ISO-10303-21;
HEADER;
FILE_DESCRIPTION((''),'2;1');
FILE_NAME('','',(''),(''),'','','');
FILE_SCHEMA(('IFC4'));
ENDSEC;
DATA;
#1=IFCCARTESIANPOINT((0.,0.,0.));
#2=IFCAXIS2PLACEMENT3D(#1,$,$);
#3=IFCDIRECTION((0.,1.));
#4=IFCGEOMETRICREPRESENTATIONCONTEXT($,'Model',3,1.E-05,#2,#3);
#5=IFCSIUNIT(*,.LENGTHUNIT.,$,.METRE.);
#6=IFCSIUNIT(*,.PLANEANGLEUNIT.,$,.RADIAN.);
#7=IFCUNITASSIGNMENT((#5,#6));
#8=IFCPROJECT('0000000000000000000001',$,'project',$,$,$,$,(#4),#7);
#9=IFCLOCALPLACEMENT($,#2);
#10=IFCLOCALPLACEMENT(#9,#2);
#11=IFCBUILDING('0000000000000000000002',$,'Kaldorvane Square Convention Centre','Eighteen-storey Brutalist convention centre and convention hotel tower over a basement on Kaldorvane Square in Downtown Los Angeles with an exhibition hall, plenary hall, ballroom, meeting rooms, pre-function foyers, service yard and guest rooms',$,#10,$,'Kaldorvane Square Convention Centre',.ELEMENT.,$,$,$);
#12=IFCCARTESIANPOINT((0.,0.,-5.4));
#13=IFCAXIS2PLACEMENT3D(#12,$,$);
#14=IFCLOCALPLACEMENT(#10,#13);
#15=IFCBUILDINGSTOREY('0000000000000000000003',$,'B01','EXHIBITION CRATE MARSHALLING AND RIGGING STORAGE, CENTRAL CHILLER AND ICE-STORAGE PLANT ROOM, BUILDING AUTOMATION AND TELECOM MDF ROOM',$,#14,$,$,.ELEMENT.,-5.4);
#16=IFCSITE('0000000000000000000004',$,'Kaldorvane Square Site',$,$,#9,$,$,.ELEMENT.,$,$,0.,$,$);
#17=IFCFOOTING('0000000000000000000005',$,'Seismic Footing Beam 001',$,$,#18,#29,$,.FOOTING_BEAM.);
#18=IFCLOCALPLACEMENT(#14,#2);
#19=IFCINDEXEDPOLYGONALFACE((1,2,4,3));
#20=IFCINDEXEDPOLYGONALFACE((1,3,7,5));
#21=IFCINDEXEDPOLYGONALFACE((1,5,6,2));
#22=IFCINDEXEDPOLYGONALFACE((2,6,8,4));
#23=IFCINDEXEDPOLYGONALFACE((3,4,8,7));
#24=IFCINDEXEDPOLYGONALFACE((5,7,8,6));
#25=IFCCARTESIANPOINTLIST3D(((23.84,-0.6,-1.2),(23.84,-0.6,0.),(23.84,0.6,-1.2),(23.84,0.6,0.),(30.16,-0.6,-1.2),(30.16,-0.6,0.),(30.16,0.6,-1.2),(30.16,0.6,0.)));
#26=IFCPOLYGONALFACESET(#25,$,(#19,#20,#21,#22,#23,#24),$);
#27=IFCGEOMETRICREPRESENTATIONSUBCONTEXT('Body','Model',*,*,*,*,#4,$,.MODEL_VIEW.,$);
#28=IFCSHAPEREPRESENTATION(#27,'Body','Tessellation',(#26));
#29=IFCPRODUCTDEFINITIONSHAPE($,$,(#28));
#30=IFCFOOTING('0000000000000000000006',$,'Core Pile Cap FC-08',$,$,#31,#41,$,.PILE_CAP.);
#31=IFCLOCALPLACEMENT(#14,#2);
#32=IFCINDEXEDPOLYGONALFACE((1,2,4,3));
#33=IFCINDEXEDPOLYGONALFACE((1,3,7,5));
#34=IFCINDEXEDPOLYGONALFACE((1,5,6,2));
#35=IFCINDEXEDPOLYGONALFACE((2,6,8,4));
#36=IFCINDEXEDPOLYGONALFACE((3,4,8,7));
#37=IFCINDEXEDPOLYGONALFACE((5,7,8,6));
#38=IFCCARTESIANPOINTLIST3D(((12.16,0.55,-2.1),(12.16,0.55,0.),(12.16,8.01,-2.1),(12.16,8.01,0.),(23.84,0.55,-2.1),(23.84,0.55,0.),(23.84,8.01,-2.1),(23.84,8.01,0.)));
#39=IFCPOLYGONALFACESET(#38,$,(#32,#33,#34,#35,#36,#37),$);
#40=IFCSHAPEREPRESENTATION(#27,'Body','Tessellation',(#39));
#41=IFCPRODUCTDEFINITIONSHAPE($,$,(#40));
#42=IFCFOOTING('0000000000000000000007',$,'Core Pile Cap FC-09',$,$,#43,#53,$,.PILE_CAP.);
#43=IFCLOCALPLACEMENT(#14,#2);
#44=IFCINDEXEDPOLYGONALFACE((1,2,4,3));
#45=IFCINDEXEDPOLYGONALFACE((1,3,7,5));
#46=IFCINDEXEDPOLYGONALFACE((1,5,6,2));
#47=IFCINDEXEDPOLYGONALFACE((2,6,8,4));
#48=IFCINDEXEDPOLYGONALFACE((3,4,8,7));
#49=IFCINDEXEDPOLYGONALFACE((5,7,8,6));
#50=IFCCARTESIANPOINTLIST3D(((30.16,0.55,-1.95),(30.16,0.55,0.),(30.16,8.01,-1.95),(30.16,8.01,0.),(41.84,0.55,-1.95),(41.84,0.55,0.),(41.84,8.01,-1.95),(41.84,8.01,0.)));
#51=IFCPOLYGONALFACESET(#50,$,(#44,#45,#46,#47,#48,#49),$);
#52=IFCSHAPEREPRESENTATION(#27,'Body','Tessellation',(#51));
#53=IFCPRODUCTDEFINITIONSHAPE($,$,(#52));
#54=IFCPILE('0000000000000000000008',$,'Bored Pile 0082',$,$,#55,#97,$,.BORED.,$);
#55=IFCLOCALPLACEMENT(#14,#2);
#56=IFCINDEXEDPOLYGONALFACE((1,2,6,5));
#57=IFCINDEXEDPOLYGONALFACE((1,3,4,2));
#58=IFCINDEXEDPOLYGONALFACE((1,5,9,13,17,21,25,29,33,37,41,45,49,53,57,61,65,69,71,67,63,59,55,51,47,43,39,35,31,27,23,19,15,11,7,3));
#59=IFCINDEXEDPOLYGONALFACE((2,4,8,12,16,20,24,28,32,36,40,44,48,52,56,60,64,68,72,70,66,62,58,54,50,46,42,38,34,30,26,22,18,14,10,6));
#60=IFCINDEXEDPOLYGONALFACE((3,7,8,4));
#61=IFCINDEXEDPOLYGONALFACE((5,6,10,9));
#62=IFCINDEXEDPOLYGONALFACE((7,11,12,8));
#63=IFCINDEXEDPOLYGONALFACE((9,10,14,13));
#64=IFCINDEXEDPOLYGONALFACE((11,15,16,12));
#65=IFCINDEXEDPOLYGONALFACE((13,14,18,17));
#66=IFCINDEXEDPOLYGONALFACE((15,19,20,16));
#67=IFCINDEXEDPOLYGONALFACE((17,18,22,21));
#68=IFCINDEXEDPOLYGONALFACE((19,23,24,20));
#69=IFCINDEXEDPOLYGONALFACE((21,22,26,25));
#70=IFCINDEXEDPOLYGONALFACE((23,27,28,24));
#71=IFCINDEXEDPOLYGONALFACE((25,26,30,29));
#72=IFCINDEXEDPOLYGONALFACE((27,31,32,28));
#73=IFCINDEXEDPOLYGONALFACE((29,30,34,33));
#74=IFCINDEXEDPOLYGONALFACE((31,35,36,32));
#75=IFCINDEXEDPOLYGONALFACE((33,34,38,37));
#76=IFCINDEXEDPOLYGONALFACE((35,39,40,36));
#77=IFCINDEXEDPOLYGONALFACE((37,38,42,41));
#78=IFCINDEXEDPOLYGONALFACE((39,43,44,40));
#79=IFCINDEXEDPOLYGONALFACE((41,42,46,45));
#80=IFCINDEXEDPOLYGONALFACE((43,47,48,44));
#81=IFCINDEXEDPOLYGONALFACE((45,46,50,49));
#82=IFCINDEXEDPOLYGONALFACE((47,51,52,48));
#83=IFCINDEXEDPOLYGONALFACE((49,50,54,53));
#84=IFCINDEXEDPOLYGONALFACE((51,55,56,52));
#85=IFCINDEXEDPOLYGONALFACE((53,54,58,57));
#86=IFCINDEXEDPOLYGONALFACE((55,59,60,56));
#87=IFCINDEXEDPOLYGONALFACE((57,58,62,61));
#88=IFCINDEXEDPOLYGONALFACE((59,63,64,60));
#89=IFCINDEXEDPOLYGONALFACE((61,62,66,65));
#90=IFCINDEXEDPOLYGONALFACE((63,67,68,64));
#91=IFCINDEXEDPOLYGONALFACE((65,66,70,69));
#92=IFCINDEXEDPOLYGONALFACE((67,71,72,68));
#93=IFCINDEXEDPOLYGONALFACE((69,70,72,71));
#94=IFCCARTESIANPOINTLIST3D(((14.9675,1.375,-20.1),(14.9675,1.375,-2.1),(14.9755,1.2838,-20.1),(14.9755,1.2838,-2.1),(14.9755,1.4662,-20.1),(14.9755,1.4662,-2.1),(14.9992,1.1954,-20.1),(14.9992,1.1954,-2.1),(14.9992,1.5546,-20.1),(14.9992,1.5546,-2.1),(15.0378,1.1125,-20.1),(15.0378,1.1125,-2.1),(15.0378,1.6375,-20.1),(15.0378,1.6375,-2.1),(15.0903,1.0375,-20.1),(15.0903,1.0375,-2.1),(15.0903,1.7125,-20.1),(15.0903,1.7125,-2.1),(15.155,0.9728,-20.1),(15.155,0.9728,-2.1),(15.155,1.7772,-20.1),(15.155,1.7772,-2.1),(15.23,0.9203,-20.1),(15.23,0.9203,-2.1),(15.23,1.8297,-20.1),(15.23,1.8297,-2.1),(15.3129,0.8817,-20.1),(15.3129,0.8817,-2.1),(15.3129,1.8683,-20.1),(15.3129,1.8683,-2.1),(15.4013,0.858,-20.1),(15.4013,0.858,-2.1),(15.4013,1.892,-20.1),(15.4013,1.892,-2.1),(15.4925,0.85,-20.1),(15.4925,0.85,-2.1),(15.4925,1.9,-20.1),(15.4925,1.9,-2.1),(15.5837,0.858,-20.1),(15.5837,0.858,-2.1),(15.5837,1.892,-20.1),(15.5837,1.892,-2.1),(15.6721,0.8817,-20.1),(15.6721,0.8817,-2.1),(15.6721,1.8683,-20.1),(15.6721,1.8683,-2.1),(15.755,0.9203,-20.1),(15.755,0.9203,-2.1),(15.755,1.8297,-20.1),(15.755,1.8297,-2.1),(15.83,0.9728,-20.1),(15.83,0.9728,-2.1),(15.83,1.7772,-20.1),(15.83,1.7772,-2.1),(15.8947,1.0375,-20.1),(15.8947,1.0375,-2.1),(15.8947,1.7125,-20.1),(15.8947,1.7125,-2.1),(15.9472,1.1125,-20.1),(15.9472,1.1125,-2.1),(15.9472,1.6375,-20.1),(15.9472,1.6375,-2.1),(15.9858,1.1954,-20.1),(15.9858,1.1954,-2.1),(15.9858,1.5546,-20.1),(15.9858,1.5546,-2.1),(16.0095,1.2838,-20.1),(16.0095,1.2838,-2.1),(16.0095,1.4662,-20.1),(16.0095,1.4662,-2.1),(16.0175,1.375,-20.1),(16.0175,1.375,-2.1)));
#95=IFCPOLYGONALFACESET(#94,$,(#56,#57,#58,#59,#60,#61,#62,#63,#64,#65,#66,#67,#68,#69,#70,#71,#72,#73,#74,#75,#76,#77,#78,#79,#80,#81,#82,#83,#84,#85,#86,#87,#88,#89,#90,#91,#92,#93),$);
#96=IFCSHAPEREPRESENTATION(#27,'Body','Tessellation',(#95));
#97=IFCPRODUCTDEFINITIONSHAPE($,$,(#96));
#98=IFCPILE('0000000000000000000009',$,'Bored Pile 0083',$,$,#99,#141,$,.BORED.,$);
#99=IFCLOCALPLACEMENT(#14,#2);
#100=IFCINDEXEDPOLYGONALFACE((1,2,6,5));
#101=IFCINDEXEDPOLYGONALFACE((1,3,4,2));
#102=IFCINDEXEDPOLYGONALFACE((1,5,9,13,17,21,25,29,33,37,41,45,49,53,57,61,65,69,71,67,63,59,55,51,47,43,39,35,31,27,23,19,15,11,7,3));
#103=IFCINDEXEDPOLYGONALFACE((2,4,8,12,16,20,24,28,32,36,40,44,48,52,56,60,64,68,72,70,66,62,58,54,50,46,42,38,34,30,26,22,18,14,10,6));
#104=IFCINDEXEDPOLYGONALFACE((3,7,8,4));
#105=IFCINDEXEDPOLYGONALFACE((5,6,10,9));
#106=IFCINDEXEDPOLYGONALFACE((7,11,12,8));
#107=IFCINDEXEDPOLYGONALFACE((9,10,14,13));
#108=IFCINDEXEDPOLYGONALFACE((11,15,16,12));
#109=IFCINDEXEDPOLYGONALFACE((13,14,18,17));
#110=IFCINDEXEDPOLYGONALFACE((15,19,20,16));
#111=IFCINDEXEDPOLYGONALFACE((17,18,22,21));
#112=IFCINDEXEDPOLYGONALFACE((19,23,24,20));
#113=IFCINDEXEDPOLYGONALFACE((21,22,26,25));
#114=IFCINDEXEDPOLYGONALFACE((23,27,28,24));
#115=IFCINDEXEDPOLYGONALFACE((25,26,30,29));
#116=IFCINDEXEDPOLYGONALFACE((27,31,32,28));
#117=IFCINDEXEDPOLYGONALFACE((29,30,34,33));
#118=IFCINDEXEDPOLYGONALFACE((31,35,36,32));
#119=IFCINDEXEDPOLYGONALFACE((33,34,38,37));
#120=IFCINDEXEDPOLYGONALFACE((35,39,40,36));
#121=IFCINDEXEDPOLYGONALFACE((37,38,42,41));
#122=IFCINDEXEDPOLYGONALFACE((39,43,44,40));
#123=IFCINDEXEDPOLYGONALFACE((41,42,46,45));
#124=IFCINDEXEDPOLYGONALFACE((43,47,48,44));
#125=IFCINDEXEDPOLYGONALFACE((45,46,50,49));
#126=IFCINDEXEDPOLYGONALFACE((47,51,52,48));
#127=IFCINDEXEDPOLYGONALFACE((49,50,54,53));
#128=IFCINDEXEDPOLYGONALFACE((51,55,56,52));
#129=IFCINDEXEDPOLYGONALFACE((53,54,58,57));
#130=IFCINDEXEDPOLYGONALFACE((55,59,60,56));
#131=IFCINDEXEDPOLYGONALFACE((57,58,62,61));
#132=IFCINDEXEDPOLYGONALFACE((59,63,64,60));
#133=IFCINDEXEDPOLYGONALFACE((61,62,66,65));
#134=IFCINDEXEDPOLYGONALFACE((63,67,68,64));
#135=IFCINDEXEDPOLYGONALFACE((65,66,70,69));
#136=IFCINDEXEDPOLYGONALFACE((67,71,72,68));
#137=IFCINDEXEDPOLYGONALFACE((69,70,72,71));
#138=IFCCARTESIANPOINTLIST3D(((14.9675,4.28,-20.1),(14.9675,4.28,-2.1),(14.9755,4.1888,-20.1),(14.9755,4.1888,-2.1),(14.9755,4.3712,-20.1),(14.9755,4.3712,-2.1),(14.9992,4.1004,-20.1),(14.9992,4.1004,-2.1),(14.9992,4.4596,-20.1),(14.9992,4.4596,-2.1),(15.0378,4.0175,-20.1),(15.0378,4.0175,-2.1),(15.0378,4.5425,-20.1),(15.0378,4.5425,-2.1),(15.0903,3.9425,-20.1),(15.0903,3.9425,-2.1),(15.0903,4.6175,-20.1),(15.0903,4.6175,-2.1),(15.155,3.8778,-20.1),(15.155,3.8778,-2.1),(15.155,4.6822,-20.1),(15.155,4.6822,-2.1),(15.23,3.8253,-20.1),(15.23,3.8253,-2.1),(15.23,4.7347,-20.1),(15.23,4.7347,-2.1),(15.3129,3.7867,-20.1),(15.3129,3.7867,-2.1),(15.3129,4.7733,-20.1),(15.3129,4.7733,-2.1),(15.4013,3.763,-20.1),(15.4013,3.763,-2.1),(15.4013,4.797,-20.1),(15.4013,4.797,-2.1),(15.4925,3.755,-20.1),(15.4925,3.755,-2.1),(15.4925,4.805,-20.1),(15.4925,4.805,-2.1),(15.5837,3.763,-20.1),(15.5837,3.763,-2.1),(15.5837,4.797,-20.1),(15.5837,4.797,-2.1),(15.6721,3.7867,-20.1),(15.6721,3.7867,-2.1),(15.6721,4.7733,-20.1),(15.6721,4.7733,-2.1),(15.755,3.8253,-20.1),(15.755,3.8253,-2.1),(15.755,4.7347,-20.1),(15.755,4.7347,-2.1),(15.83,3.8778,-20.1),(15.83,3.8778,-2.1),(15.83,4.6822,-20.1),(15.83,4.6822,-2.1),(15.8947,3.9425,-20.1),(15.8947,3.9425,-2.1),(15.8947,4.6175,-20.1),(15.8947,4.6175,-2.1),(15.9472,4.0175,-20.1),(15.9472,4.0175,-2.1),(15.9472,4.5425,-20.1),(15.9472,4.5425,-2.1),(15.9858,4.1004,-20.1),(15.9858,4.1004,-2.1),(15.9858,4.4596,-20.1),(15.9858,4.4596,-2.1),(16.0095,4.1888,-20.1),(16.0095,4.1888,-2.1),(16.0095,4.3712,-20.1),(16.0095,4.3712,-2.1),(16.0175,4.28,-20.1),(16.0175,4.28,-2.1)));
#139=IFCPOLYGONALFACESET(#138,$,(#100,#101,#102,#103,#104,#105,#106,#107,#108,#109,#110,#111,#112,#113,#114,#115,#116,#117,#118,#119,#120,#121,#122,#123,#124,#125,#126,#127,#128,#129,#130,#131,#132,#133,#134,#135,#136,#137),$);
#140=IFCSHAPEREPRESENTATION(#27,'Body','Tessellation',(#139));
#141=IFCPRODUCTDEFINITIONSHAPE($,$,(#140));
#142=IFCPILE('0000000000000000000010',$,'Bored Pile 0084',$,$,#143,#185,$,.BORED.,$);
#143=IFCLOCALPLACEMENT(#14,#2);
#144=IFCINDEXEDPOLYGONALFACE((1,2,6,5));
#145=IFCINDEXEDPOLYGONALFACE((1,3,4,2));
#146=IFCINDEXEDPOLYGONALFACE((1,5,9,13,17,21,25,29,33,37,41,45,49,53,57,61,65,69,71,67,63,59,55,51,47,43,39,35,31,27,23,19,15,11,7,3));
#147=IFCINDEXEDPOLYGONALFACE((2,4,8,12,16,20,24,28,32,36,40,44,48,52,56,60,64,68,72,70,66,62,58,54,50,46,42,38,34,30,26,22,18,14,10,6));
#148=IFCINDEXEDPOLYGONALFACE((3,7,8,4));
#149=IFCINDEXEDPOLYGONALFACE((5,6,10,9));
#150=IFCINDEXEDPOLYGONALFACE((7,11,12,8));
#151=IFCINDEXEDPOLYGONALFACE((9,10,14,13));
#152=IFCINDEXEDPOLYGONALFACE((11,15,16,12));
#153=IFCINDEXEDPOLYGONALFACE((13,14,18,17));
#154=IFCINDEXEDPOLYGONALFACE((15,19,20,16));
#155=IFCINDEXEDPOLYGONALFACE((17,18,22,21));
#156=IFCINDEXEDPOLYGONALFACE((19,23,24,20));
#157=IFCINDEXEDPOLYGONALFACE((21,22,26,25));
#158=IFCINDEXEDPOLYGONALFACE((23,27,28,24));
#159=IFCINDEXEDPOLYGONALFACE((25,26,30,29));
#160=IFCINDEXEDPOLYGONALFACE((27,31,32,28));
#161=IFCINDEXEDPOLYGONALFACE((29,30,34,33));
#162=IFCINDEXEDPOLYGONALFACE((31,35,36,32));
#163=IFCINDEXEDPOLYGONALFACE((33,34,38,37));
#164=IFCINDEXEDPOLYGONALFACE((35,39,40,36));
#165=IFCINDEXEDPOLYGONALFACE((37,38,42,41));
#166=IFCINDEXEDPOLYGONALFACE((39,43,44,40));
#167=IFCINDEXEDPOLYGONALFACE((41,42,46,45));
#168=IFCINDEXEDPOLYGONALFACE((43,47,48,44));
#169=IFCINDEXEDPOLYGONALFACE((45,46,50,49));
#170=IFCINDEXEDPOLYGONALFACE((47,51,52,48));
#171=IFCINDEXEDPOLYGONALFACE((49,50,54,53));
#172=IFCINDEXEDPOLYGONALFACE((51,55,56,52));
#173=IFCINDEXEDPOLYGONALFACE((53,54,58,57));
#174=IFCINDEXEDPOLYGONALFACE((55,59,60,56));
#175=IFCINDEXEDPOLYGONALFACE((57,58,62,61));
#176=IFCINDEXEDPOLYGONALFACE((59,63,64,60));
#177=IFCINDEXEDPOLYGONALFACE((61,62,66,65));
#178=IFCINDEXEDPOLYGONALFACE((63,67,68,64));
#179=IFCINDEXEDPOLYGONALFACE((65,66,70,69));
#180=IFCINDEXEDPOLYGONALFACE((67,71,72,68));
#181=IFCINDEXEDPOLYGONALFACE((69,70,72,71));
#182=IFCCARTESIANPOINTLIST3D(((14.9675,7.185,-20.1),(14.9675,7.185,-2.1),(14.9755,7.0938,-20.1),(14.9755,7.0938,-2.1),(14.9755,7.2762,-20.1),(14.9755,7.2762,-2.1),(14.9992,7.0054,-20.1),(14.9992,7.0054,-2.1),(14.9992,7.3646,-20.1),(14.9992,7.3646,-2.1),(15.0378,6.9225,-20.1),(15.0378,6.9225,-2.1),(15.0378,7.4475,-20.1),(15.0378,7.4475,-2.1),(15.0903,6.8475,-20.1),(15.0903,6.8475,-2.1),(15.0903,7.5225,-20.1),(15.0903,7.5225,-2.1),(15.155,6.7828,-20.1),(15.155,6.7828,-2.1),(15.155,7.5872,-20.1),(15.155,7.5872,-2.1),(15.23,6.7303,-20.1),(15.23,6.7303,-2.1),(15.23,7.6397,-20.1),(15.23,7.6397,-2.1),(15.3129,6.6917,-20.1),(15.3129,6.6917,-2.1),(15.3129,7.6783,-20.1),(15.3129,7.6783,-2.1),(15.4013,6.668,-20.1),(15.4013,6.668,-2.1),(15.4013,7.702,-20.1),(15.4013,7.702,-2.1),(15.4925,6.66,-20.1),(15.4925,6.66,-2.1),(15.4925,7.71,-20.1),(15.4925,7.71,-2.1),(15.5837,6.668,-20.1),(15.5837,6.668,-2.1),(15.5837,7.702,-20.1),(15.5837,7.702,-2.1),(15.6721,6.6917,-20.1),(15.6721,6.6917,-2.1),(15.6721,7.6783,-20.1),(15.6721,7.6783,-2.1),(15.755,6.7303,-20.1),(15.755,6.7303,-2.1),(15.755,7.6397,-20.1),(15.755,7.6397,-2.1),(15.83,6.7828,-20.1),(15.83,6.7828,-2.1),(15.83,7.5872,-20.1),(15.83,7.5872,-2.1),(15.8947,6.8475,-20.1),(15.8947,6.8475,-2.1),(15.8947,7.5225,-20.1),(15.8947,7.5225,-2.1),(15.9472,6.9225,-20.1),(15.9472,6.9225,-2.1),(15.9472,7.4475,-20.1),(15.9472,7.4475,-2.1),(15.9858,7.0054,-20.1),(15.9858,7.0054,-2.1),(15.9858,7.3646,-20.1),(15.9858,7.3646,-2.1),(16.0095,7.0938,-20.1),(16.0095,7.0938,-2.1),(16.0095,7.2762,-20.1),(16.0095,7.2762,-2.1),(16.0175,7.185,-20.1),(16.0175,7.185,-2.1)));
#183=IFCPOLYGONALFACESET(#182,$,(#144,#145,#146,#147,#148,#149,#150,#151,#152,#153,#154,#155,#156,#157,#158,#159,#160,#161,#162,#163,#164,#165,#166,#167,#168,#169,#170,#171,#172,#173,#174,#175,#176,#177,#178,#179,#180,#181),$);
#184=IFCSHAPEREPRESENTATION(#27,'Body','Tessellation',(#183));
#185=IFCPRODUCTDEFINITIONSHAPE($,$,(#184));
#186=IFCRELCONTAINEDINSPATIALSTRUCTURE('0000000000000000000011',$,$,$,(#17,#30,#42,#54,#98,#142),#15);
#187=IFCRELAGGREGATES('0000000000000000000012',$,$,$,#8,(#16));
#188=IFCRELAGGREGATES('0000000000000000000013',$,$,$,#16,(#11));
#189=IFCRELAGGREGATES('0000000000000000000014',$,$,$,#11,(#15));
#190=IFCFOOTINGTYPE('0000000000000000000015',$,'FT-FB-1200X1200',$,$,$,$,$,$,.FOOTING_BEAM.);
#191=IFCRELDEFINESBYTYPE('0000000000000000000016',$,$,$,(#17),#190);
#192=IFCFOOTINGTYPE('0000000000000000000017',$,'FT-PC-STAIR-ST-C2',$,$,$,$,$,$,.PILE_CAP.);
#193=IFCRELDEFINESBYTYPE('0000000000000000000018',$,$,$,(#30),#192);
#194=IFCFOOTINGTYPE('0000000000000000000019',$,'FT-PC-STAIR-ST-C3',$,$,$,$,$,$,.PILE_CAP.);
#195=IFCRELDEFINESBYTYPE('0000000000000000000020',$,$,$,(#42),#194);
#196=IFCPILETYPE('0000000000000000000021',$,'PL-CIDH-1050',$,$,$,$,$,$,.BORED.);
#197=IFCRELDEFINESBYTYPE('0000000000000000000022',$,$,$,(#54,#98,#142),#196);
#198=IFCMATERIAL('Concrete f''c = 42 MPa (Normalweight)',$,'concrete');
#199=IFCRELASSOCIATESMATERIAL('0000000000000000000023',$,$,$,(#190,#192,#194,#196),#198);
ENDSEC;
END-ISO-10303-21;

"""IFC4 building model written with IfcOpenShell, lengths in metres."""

from ifc_helpers import new_model, si_unit, direction, frame, origin, origin_2d, place, context, subcontext, project, spatial, rectangle, circle, extrude, material, material_profile, profile_set, type_object, element, save


model = new_model("IFC4")

# Units and contexts
model_context = context("Model", 3, precision=1e-05, world=origin(), true_north=direction((0.0, 1.0)))
body_context = subcontext(model_context, "Body", "Model", "MODEL_VIEW")
ifc_project = project(units=[si_unit("LENGTHUNIT", "METRE"), si_unit("PLANEANGLEUNIT", "RADIAN")], contexts=[model_context])

# Site, building, storey
site_placement = place(None, origin())
site = spatial("IfcSite", under=ifc_project, at=site_placement, Name="Kaldorvane Square Site", CompositionType="ELEMENT", RefElevation=0.0)
building_placement = place(site_placement, origin())
building = spatial("IfcBuilding", under=site, at=building_placement, Name="Kaldorvane Square Convention Centre", Description="Eighteen-storey Brutalist convention centre and convention hotel tower over a basement on Kaldorvane Square in Downtown Los Angeles with an exhibition hall, plenary hall, ballroom, meeting rooms, pre-function foyers, service yard and guest rooms", LongName="Kaldorvane Square Convention Centre", CompositionType="ELEMENT")
storey_placement = place(building_placement, frame((0.0, 0.0, -5.4)))
storey = spatial("IfcBuildingStorey", under=building, at=storey_placement, Name="B01", Description="EXHIBITION CRATE MARSHALLING AND RIGGING STORAGE, CENTRAL CHILLER AND ICE-STORAGE PLANT ROOM, BUILDING AUTOMATION AND TELECOM MDF ROOM", CompositionType="ELEMENT", Elevation=-5.4)

# Footings
ifc_material_1 = material(Name="Concrete f'c = 42 MPa (Normalweight)", Category="concrete")
footing_type_1 = type_object("IfcFootingType", Name="FT-FB-1200X1200", PredefinedType="FOOTING_BEAM", material=ifc_material_1)
footing_1_placement = place(storey_placement, frame((27.0, 0.0, -1.2), z_axis=(0.0, 0.0, 1.0), x_axis=(1.0, 0.0, 0.0)))
element("IfcFooting", 1, at=footing_1_placement, inside=storey, type_object=footing_type_1, Name="Seismic Footing Beam 001", PredefinedType="FOOTING_BEAM", context=body_context, shape_type="SweptSolid", body=[
    extrude(rectangle(XDim=6.32, YDim=1.2, at=origin_2d()), origin(), (0.0, 0.0, 1.0), 1.2),
])
footing_type_2 = type_object("IfcFootingType", Name="FT-PC-STAIR-ST-C2", PredefinedType="PILE_CAP", material=ifc_material_1)
footing_2_placement = place(storey_placement, frame((18.0, 4.28, -2.1), z_axis=(0.0, 0.0, 1.0), x_axis=(1.0, 0.0, 0.0)))
element("IfcFooting", 2, at=footing_2_placement, inside=storey, type_object=footing_type_2, Name="Core Pile Cap FC-08", PredefinedType="PILE_CAP", context=body_context, shape_type="SweptSolid", body=[
    extrude(rectangle(XDim=11.68, YDim=7.46, at=origin_2d()), origin(), (0.0, 0.0, 1.0), 2.1),
])
footing_type_3 = type_object("IfcFootingType", Name="FT-PC-STAIR-ST-C3", PredefinedType="PILE_CAP", material=ifc_material_1)
footing_3_placement = place(storey_placement, frame((36.0, 4.28, -1.95), z_axis=(0.0, 0.0, 1.0), x_axis=(1.0, 0.0, 0.0)))
element("IfcFooting", 3, at=footing_3_placement, inside=storey, type_object=footing_type_3, Name="Core Pile Cap FC-09", PredefinedType="PILE_CAP", context=body_context, shape_type="SweptSolid", body=[
    extrude(rectangle(XDim=11.68, YDim=7.46, at=origin_2d()), origin(), (0.0, 0.0, 1.0), 1.95),
])

# Piles
ifc_material_profile_1 = material_profile(ifc_material_1, circle(Radius=0.525, at=origin_2d()), Name="PILE-D1050")
ifc_profile_set_1 = profile_set([ifc_material_profile_1], Name="Concrete f'c = 42 MPa (Normalweight)")
pile_type = type_object("IfcPileType", Name="PL-CIDH-1050", PredefinedType="BORED", material=ifc_profile_set_1)
for number, where, z_axis, x_axis, name in (
    (4, (15.4925, 1.375, -2.1), (0.0, 0.0, -1.0), (1.0, 0.0, 0.0), "Bored Pile 0082"),
    (5, (15.4925, 4.28, -2.1), (0.0, 0.0, -1.0), (1.0, 0.0, 0.0), "Bored Pile 0083"),
    (6, (15.4925, 7.185, -2.1), (0.0, 0.0, -1.0), (1.0, 0.0, 0.0), "Bored Pile 0084"),
):
    element("IfcPile", number, at=place(storey_placement, frame(where, z_axis=z_axis, x_axis=x_axis)), inside=storey, type_object=pile_type, Name=name, PredefinedType="BORED", context=body_context, shape_type="SweptSolid", body=[
        extrude(circle(Radius=0.525, at=origin_2d()), origin(), (0.0, 0.0, 1.0), 18.0),
    ])

save(model, "model.ifc")
